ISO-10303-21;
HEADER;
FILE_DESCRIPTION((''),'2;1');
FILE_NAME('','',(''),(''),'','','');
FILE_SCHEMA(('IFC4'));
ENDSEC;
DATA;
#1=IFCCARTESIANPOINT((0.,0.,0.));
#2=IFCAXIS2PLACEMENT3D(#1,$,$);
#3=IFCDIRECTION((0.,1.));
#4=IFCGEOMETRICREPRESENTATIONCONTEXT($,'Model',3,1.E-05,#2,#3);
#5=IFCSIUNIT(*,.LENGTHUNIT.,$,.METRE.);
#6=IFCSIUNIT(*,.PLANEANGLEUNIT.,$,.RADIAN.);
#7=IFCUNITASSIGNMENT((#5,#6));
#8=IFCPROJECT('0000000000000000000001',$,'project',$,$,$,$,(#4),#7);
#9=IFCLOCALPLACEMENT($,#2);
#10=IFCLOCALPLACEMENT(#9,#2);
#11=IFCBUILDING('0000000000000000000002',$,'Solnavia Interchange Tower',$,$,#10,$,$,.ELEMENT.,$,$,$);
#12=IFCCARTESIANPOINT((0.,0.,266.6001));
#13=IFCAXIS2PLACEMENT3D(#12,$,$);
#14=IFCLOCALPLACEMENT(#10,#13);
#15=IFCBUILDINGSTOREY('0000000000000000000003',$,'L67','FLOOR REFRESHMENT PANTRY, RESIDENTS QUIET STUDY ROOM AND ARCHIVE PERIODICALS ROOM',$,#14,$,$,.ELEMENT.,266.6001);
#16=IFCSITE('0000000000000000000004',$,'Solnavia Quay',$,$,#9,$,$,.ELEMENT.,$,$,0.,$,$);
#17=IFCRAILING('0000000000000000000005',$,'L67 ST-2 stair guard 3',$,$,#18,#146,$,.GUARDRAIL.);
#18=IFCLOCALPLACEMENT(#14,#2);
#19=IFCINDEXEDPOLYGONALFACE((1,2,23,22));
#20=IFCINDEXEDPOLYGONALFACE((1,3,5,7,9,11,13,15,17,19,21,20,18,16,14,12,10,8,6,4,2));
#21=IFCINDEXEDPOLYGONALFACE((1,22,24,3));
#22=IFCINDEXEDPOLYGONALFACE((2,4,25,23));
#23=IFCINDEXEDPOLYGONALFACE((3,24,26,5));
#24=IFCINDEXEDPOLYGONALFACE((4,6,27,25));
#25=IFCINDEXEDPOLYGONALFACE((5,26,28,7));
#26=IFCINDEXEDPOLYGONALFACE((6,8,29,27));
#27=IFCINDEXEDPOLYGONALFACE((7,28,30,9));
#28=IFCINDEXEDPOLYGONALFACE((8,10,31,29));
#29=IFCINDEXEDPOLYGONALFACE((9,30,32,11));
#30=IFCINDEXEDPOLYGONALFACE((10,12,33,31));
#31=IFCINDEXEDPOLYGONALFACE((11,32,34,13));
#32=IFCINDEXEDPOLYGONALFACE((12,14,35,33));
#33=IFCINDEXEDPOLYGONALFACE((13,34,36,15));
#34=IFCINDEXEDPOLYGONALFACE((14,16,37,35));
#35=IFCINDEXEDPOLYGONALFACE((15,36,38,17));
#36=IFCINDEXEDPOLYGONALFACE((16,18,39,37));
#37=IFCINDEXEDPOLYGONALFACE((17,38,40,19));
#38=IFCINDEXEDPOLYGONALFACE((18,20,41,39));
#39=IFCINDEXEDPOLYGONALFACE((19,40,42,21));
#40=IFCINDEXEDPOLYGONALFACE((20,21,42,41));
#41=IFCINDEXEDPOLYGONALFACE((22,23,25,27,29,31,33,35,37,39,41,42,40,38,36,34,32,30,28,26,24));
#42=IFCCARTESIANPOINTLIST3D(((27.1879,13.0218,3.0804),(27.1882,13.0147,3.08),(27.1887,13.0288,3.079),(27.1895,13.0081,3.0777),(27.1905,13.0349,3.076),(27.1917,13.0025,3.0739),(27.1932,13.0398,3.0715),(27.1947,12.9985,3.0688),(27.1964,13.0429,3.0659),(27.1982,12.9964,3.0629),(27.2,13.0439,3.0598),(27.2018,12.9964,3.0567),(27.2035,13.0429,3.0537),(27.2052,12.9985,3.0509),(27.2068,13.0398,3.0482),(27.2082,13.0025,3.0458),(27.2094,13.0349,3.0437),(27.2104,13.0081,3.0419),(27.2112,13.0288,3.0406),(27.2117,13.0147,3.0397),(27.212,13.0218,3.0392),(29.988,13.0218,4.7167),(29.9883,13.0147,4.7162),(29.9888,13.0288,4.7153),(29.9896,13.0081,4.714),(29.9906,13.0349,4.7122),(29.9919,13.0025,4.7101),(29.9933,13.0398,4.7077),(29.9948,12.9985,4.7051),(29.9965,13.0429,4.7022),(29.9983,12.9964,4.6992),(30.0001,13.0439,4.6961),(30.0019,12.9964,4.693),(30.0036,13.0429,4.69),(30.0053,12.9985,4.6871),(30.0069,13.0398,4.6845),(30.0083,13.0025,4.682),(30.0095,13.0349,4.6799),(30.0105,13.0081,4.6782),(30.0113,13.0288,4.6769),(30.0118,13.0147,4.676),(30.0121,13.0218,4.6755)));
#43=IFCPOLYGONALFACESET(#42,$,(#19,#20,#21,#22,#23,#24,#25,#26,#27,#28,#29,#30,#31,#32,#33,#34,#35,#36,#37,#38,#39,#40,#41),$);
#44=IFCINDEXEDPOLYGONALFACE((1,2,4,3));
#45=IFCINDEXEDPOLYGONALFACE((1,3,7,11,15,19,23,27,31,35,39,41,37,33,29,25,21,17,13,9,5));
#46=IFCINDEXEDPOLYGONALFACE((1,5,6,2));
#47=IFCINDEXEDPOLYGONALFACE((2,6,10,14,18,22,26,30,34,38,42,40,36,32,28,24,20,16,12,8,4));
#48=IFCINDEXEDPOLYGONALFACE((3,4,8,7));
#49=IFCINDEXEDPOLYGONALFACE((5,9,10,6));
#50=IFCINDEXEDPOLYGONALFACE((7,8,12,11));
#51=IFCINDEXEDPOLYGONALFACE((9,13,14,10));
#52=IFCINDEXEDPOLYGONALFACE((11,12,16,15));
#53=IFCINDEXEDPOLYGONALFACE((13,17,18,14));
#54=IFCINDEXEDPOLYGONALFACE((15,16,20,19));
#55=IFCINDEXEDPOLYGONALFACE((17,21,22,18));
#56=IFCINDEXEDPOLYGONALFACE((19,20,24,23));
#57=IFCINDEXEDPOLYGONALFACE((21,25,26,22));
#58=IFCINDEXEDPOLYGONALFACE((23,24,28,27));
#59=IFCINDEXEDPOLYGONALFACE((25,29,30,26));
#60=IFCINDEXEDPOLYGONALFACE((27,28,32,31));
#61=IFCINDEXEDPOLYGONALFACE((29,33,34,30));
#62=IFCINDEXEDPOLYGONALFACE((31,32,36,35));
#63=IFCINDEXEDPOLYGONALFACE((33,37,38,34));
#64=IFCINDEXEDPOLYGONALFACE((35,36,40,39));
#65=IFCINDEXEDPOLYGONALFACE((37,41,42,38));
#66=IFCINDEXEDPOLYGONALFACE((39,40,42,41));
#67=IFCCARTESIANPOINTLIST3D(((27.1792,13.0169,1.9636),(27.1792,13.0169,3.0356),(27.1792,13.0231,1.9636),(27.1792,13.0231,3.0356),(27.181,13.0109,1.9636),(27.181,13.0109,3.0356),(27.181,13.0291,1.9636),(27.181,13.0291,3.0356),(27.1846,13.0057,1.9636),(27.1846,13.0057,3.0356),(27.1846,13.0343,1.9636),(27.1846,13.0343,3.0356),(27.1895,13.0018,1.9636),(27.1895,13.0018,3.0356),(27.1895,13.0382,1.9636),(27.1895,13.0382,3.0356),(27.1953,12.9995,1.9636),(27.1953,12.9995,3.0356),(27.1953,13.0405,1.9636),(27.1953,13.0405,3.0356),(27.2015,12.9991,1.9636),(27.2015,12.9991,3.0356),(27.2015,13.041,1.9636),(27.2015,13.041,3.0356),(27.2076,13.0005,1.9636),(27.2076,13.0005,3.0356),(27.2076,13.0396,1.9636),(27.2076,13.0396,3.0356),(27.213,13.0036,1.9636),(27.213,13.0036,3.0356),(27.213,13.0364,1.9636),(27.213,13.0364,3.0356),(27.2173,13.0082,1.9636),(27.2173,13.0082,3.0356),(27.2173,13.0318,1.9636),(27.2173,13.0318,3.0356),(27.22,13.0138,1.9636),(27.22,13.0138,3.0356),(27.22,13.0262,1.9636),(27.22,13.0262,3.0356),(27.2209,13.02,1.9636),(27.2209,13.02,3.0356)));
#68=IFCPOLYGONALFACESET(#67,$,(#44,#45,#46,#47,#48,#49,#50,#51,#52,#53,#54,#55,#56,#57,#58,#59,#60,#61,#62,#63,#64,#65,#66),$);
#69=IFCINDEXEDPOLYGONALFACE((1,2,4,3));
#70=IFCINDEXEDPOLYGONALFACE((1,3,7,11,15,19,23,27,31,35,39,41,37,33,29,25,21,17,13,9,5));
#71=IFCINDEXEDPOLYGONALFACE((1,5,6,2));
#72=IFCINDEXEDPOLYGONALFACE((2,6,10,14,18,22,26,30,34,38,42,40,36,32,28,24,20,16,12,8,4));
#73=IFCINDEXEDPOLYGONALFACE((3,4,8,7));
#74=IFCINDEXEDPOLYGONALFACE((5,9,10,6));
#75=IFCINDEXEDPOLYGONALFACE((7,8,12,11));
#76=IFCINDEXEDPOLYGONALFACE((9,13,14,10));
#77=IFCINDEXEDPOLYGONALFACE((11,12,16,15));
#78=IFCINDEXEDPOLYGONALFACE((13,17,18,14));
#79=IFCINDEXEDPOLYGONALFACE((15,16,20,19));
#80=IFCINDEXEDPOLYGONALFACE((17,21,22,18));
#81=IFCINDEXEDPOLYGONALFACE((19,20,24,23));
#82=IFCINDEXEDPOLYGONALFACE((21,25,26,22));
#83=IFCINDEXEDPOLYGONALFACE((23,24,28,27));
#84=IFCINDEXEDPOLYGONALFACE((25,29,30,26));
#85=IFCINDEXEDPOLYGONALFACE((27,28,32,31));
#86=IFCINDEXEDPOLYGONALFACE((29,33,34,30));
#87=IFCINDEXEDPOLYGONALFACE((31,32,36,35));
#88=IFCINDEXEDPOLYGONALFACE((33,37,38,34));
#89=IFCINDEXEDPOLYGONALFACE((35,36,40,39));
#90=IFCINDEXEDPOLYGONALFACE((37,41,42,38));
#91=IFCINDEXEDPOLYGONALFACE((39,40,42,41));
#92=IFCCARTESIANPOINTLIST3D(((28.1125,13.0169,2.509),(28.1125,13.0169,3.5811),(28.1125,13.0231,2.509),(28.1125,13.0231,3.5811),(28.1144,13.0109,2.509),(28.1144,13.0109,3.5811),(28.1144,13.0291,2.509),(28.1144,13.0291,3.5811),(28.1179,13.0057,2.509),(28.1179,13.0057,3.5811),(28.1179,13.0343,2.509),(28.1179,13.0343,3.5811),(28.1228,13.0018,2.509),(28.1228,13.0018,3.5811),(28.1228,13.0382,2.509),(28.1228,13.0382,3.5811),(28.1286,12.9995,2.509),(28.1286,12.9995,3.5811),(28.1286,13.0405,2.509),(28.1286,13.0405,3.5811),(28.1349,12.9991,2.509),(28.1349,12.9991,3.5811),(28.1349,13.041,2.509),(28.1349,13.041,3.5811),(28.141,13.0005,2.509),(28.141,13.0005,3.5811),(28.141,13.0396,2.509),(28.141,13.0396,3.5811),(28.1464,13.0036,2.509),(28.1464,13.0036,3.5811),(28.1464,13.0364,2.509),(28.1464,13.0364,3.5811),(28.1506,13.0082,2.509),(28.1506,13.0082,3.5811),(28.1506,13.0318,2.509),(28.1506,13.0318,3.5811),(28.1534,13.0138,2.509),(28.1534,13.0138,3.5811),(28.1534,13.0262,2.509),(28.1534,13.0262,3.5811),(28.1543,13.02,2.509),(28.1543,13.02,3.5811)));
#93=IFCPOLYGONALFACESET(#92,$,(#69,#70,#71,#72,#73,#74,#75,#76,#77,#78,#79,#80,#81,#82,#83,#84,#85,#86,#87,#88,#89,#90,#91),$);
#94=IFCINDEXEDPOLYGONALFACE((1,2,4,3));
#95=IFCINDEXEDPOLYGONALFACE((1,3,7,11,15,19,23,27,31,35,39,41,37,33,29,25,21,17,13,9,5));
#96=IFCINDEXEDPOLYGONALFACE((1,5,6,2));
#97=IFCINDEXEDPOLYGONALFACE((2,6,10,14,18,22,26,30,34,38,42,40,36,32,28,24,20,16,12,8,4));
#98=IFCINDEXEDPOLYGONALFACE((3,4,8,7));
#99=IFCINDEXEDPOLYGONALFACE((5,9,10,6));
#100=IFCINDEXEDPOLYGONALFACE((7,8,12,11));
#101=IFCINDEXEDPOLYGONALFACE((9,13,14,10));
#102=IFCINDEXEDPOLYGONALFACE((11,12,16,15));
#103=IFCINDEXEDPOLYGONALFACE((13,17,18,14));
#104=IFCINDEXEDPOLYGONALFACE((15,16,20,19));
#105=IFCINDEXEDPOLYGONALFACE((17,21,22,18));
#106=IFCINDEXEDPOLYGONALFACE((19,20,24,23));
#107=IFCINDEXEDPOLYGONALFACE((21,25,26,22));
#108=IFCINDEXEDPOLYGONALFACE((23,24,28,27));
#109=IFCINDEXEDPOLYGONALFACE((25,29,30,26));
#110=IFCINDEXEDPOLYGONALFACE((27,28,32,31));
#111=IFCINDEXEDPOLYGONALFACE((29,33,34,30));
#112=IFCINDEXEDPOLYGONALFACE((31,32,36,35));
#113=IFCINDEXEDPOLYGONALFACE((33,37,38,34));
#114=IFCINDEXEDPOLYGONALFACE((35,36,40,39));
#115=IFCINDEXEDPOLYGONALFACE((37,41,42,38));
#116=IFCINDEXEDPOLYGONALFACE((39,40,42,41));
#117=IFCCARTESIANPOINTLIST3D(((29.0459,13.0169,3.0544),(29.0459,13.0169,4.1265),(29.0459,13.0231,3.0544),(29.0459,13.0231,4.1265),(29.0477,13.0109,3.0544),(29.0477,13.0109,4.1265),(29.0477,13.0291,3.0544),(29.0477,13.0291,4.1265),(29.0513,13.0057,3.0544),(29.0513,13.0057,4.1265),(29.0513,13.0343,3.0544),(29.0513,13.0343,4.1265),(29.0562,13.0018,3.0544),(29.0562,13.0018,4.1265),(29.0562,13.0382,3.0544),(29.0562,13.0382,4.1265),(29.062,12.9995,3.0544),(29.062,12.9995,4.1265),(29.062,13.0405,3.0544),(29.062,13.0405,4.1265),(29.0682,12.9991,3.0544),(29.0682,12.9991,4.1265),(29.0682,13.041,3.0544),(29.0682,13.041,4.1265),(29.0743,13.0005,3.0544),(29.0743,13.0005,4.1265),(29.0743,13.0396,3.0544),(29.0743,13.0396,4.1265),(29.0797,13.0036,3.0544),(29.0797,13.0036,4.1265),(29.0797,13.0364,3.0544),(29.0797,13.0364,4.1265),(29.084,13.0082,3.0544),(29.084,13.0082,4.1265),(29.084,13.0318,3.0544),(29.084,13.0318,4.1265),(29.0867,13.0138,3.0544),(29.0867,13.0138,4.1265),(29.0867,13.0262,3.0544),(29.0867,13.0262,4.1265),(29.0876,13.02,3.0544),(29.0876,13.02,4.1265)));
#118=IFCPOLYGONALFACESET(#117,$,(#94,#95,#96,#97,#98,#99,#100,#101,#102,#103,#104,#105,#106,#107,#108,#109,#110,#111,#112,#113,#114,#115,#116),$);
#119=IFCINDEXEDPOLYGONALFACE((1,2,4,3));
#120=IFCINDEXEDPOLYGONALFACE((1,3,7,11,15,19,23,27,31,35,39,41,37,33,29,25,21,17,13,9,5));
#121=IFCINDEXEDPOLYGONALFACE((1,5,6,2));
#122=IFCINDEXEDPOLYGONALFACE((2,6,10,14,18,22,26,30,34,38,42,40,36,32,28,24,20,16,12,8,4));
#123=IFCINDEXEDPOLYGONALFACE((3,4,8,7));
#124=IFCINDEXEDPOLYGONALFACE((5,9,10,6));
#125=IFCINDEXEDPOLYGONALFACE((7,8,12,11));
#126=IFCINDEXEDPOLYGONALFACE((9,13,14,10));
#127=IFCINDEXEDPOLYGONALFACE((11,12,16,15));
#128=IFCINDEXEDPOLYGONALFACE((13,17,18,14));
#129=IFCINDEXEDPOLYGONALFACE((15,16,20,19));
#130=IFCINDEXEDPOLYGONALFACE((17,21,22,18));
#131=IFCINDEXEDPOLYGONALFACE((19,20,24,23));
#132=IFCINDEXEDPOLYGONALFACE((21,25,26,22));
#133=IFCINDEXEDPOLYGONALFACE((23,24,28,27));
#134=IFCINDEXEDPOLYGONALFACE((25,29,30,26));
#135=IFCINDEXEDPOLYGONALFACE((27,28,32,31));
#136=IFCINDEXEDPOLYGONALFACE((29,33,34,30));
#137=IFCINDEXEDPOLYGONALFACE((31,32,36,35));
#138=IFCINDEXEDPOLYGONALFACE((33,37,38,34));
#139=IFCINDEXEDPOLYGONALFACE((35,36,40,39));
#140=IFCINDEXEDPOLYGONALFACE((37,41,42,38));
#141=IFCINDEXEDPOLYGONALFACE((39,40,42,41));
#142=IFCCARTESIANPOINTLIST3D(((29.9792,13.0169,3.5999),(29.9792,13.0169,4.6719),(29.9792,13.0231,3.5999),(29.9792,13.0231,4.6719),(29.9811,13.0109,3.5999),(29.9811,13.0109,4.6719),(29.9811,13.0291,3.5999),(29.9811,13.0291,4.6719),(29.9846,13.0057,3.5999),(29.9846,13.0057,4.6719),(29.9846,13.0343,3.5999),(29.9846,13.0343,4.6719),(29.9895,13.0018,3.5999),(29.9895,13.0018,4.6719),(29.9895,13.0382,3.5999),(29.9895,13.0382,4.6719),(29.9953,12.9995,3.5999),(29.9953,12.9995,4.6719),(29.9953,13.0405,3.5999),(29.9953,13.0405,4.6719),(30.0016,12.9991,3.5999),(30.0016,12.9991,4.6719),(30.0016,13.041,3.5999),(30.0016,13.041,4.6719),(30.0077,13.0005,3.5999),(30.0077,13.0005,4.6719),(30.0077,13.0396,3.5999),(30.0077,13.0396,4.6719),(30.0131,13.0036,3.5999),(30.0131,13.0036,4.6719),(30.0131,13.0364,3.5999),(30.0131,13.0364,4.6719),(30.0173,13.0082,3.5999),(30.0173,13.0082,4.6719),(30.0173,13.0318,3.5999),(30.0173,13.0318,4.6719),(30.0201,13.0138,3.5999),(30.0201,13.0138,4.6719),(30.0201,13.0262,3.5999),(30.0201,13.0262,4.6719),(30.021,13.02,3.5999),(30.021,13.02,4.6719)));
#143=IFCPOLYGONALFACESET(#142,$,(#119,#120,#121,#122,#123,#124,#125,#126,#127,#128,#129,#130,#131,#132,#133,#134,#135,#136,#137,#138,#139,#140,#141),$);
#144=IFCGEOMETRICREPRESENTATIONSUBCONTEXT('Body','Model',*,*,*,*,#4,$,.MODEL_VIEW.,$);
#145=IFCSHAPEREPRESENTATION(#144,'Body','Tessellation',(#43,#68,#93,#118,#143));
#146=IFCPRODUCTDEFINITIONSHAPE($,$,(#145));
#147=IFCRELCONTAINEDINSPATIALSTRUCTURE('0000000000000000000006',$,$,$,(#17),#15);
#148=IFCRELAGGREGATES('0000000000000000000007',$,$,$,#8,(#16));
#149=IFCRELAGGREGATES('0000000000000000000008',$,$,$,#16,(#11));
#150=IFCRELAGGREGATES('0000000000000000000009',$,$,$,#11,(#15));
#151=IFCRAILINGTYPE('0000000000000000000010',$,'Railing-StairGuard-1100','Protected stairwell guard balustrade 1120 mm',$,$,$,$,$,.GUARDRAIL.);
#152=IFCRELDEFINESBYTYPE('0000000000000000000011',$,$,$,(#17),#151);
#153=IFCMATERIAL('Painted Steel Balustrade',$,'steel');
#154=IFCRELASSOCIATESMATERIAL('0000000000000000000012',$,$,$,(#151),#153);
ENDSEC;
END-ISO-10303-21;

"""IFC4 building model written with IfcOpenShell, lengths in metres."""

from ifc_helpers import new_model, si_unit, direction, frame, origin, origin_2d, place, context, subcontext, project, spatial, circle, extrude, material, type_object, element, save


model = new_model("IFC4")

# Units and contexts
model_context = context("Model", 3, precision=1e-05, world=origin(), true_north=direction((0.0, 1.0)))
body_context = subcontext(model_context, "Body", "Model", "MODEL_VIEW")
ifc_project = project(units=[si_unit("LENGTHUNIT", "METRE"), si_unit("PLANEANGLEUNIT", "RADIAN")], contexts=[model_context])

# Site, building, storey
site_placement = place(None, origin())
site = spatial("IfcSite", under=ifc_project, at=site_placement, Name="Solnavia Quay", CompositionType="ELEMENT", RefElevation=0.0)
building_placement = place(site_placement, origin())
building = spatial("IfcBuilding", under=site, at=building_placement, Name="Solnavia Interchange Tower", CompositionType="ELEMENT")
storey_placement = place(building_placement, frame((0.0, 0.0, 266.6001)))
storey = spatial("IfcBuildingStorey", under=building, at=storey_placement, Name="L67", Description="FLOOR REFRESHMENT PANTRY, RESIDENTS QUIET STUDY ROOM AND ARCHIVE PERIODICALS ROOM", CompositionType="ELEMENT", Elevation=266.6001)

# Railing
ifc_material_1 = material(Name="Painted Steel Balustrade", Category="steel")
railing_type_1 = type_object("IfcRailingType", Name="Railing-StairGuard-1100", Description="Protected stairwell guard balustrade 1120 mm", PredefinedType="GUARDRAIL", material=ifc_material_1)
railing_1_placement = place(storey_placement, frame((27.2, 13.02, 1.9636)))
element("IfcRailing", 1, at=railing_1_placement, inside=storey, type_object=railing_type_1, Name="L67 ST-2 stair guard 3", PredefinedType="GUARDRAIL", context=body_context, shape_type="SweptSolid", body=[
    extrude(circle(Radius=0.0239, at=origin_2d()), frame((0.0, 0.0, 1.0962), z_axis=(0.863394, 0.0, 0.504531), x_axis=(0.0, 1.0, 0.0)), (0.0, 0.0, 1.0), 3.2432),
    extrude(circle(Radius=0.021, at=origin_2d()), origin(), (0.0, 0.0, 1.0), 1.072),
    extrude(circle(Radius=0.021, at=origin_2d()), frame((0.9333, 0.0, 0.5454)), (0.0, 0.0, 1.0), 1.072),
    extrude(circle(Radius=0.021, at=origin_2d()), frame((1.8667, 0.0, 1.0908)), (0.0, 0.0, 1.0), 1.072),
    extrude(circle(Radius=0.021, at=origin_2d()), frame((2.8, 0.0, 1.6362)), (0.0, 0.0, 1.0), 1.072),
])

save(model, "model.ifc")
